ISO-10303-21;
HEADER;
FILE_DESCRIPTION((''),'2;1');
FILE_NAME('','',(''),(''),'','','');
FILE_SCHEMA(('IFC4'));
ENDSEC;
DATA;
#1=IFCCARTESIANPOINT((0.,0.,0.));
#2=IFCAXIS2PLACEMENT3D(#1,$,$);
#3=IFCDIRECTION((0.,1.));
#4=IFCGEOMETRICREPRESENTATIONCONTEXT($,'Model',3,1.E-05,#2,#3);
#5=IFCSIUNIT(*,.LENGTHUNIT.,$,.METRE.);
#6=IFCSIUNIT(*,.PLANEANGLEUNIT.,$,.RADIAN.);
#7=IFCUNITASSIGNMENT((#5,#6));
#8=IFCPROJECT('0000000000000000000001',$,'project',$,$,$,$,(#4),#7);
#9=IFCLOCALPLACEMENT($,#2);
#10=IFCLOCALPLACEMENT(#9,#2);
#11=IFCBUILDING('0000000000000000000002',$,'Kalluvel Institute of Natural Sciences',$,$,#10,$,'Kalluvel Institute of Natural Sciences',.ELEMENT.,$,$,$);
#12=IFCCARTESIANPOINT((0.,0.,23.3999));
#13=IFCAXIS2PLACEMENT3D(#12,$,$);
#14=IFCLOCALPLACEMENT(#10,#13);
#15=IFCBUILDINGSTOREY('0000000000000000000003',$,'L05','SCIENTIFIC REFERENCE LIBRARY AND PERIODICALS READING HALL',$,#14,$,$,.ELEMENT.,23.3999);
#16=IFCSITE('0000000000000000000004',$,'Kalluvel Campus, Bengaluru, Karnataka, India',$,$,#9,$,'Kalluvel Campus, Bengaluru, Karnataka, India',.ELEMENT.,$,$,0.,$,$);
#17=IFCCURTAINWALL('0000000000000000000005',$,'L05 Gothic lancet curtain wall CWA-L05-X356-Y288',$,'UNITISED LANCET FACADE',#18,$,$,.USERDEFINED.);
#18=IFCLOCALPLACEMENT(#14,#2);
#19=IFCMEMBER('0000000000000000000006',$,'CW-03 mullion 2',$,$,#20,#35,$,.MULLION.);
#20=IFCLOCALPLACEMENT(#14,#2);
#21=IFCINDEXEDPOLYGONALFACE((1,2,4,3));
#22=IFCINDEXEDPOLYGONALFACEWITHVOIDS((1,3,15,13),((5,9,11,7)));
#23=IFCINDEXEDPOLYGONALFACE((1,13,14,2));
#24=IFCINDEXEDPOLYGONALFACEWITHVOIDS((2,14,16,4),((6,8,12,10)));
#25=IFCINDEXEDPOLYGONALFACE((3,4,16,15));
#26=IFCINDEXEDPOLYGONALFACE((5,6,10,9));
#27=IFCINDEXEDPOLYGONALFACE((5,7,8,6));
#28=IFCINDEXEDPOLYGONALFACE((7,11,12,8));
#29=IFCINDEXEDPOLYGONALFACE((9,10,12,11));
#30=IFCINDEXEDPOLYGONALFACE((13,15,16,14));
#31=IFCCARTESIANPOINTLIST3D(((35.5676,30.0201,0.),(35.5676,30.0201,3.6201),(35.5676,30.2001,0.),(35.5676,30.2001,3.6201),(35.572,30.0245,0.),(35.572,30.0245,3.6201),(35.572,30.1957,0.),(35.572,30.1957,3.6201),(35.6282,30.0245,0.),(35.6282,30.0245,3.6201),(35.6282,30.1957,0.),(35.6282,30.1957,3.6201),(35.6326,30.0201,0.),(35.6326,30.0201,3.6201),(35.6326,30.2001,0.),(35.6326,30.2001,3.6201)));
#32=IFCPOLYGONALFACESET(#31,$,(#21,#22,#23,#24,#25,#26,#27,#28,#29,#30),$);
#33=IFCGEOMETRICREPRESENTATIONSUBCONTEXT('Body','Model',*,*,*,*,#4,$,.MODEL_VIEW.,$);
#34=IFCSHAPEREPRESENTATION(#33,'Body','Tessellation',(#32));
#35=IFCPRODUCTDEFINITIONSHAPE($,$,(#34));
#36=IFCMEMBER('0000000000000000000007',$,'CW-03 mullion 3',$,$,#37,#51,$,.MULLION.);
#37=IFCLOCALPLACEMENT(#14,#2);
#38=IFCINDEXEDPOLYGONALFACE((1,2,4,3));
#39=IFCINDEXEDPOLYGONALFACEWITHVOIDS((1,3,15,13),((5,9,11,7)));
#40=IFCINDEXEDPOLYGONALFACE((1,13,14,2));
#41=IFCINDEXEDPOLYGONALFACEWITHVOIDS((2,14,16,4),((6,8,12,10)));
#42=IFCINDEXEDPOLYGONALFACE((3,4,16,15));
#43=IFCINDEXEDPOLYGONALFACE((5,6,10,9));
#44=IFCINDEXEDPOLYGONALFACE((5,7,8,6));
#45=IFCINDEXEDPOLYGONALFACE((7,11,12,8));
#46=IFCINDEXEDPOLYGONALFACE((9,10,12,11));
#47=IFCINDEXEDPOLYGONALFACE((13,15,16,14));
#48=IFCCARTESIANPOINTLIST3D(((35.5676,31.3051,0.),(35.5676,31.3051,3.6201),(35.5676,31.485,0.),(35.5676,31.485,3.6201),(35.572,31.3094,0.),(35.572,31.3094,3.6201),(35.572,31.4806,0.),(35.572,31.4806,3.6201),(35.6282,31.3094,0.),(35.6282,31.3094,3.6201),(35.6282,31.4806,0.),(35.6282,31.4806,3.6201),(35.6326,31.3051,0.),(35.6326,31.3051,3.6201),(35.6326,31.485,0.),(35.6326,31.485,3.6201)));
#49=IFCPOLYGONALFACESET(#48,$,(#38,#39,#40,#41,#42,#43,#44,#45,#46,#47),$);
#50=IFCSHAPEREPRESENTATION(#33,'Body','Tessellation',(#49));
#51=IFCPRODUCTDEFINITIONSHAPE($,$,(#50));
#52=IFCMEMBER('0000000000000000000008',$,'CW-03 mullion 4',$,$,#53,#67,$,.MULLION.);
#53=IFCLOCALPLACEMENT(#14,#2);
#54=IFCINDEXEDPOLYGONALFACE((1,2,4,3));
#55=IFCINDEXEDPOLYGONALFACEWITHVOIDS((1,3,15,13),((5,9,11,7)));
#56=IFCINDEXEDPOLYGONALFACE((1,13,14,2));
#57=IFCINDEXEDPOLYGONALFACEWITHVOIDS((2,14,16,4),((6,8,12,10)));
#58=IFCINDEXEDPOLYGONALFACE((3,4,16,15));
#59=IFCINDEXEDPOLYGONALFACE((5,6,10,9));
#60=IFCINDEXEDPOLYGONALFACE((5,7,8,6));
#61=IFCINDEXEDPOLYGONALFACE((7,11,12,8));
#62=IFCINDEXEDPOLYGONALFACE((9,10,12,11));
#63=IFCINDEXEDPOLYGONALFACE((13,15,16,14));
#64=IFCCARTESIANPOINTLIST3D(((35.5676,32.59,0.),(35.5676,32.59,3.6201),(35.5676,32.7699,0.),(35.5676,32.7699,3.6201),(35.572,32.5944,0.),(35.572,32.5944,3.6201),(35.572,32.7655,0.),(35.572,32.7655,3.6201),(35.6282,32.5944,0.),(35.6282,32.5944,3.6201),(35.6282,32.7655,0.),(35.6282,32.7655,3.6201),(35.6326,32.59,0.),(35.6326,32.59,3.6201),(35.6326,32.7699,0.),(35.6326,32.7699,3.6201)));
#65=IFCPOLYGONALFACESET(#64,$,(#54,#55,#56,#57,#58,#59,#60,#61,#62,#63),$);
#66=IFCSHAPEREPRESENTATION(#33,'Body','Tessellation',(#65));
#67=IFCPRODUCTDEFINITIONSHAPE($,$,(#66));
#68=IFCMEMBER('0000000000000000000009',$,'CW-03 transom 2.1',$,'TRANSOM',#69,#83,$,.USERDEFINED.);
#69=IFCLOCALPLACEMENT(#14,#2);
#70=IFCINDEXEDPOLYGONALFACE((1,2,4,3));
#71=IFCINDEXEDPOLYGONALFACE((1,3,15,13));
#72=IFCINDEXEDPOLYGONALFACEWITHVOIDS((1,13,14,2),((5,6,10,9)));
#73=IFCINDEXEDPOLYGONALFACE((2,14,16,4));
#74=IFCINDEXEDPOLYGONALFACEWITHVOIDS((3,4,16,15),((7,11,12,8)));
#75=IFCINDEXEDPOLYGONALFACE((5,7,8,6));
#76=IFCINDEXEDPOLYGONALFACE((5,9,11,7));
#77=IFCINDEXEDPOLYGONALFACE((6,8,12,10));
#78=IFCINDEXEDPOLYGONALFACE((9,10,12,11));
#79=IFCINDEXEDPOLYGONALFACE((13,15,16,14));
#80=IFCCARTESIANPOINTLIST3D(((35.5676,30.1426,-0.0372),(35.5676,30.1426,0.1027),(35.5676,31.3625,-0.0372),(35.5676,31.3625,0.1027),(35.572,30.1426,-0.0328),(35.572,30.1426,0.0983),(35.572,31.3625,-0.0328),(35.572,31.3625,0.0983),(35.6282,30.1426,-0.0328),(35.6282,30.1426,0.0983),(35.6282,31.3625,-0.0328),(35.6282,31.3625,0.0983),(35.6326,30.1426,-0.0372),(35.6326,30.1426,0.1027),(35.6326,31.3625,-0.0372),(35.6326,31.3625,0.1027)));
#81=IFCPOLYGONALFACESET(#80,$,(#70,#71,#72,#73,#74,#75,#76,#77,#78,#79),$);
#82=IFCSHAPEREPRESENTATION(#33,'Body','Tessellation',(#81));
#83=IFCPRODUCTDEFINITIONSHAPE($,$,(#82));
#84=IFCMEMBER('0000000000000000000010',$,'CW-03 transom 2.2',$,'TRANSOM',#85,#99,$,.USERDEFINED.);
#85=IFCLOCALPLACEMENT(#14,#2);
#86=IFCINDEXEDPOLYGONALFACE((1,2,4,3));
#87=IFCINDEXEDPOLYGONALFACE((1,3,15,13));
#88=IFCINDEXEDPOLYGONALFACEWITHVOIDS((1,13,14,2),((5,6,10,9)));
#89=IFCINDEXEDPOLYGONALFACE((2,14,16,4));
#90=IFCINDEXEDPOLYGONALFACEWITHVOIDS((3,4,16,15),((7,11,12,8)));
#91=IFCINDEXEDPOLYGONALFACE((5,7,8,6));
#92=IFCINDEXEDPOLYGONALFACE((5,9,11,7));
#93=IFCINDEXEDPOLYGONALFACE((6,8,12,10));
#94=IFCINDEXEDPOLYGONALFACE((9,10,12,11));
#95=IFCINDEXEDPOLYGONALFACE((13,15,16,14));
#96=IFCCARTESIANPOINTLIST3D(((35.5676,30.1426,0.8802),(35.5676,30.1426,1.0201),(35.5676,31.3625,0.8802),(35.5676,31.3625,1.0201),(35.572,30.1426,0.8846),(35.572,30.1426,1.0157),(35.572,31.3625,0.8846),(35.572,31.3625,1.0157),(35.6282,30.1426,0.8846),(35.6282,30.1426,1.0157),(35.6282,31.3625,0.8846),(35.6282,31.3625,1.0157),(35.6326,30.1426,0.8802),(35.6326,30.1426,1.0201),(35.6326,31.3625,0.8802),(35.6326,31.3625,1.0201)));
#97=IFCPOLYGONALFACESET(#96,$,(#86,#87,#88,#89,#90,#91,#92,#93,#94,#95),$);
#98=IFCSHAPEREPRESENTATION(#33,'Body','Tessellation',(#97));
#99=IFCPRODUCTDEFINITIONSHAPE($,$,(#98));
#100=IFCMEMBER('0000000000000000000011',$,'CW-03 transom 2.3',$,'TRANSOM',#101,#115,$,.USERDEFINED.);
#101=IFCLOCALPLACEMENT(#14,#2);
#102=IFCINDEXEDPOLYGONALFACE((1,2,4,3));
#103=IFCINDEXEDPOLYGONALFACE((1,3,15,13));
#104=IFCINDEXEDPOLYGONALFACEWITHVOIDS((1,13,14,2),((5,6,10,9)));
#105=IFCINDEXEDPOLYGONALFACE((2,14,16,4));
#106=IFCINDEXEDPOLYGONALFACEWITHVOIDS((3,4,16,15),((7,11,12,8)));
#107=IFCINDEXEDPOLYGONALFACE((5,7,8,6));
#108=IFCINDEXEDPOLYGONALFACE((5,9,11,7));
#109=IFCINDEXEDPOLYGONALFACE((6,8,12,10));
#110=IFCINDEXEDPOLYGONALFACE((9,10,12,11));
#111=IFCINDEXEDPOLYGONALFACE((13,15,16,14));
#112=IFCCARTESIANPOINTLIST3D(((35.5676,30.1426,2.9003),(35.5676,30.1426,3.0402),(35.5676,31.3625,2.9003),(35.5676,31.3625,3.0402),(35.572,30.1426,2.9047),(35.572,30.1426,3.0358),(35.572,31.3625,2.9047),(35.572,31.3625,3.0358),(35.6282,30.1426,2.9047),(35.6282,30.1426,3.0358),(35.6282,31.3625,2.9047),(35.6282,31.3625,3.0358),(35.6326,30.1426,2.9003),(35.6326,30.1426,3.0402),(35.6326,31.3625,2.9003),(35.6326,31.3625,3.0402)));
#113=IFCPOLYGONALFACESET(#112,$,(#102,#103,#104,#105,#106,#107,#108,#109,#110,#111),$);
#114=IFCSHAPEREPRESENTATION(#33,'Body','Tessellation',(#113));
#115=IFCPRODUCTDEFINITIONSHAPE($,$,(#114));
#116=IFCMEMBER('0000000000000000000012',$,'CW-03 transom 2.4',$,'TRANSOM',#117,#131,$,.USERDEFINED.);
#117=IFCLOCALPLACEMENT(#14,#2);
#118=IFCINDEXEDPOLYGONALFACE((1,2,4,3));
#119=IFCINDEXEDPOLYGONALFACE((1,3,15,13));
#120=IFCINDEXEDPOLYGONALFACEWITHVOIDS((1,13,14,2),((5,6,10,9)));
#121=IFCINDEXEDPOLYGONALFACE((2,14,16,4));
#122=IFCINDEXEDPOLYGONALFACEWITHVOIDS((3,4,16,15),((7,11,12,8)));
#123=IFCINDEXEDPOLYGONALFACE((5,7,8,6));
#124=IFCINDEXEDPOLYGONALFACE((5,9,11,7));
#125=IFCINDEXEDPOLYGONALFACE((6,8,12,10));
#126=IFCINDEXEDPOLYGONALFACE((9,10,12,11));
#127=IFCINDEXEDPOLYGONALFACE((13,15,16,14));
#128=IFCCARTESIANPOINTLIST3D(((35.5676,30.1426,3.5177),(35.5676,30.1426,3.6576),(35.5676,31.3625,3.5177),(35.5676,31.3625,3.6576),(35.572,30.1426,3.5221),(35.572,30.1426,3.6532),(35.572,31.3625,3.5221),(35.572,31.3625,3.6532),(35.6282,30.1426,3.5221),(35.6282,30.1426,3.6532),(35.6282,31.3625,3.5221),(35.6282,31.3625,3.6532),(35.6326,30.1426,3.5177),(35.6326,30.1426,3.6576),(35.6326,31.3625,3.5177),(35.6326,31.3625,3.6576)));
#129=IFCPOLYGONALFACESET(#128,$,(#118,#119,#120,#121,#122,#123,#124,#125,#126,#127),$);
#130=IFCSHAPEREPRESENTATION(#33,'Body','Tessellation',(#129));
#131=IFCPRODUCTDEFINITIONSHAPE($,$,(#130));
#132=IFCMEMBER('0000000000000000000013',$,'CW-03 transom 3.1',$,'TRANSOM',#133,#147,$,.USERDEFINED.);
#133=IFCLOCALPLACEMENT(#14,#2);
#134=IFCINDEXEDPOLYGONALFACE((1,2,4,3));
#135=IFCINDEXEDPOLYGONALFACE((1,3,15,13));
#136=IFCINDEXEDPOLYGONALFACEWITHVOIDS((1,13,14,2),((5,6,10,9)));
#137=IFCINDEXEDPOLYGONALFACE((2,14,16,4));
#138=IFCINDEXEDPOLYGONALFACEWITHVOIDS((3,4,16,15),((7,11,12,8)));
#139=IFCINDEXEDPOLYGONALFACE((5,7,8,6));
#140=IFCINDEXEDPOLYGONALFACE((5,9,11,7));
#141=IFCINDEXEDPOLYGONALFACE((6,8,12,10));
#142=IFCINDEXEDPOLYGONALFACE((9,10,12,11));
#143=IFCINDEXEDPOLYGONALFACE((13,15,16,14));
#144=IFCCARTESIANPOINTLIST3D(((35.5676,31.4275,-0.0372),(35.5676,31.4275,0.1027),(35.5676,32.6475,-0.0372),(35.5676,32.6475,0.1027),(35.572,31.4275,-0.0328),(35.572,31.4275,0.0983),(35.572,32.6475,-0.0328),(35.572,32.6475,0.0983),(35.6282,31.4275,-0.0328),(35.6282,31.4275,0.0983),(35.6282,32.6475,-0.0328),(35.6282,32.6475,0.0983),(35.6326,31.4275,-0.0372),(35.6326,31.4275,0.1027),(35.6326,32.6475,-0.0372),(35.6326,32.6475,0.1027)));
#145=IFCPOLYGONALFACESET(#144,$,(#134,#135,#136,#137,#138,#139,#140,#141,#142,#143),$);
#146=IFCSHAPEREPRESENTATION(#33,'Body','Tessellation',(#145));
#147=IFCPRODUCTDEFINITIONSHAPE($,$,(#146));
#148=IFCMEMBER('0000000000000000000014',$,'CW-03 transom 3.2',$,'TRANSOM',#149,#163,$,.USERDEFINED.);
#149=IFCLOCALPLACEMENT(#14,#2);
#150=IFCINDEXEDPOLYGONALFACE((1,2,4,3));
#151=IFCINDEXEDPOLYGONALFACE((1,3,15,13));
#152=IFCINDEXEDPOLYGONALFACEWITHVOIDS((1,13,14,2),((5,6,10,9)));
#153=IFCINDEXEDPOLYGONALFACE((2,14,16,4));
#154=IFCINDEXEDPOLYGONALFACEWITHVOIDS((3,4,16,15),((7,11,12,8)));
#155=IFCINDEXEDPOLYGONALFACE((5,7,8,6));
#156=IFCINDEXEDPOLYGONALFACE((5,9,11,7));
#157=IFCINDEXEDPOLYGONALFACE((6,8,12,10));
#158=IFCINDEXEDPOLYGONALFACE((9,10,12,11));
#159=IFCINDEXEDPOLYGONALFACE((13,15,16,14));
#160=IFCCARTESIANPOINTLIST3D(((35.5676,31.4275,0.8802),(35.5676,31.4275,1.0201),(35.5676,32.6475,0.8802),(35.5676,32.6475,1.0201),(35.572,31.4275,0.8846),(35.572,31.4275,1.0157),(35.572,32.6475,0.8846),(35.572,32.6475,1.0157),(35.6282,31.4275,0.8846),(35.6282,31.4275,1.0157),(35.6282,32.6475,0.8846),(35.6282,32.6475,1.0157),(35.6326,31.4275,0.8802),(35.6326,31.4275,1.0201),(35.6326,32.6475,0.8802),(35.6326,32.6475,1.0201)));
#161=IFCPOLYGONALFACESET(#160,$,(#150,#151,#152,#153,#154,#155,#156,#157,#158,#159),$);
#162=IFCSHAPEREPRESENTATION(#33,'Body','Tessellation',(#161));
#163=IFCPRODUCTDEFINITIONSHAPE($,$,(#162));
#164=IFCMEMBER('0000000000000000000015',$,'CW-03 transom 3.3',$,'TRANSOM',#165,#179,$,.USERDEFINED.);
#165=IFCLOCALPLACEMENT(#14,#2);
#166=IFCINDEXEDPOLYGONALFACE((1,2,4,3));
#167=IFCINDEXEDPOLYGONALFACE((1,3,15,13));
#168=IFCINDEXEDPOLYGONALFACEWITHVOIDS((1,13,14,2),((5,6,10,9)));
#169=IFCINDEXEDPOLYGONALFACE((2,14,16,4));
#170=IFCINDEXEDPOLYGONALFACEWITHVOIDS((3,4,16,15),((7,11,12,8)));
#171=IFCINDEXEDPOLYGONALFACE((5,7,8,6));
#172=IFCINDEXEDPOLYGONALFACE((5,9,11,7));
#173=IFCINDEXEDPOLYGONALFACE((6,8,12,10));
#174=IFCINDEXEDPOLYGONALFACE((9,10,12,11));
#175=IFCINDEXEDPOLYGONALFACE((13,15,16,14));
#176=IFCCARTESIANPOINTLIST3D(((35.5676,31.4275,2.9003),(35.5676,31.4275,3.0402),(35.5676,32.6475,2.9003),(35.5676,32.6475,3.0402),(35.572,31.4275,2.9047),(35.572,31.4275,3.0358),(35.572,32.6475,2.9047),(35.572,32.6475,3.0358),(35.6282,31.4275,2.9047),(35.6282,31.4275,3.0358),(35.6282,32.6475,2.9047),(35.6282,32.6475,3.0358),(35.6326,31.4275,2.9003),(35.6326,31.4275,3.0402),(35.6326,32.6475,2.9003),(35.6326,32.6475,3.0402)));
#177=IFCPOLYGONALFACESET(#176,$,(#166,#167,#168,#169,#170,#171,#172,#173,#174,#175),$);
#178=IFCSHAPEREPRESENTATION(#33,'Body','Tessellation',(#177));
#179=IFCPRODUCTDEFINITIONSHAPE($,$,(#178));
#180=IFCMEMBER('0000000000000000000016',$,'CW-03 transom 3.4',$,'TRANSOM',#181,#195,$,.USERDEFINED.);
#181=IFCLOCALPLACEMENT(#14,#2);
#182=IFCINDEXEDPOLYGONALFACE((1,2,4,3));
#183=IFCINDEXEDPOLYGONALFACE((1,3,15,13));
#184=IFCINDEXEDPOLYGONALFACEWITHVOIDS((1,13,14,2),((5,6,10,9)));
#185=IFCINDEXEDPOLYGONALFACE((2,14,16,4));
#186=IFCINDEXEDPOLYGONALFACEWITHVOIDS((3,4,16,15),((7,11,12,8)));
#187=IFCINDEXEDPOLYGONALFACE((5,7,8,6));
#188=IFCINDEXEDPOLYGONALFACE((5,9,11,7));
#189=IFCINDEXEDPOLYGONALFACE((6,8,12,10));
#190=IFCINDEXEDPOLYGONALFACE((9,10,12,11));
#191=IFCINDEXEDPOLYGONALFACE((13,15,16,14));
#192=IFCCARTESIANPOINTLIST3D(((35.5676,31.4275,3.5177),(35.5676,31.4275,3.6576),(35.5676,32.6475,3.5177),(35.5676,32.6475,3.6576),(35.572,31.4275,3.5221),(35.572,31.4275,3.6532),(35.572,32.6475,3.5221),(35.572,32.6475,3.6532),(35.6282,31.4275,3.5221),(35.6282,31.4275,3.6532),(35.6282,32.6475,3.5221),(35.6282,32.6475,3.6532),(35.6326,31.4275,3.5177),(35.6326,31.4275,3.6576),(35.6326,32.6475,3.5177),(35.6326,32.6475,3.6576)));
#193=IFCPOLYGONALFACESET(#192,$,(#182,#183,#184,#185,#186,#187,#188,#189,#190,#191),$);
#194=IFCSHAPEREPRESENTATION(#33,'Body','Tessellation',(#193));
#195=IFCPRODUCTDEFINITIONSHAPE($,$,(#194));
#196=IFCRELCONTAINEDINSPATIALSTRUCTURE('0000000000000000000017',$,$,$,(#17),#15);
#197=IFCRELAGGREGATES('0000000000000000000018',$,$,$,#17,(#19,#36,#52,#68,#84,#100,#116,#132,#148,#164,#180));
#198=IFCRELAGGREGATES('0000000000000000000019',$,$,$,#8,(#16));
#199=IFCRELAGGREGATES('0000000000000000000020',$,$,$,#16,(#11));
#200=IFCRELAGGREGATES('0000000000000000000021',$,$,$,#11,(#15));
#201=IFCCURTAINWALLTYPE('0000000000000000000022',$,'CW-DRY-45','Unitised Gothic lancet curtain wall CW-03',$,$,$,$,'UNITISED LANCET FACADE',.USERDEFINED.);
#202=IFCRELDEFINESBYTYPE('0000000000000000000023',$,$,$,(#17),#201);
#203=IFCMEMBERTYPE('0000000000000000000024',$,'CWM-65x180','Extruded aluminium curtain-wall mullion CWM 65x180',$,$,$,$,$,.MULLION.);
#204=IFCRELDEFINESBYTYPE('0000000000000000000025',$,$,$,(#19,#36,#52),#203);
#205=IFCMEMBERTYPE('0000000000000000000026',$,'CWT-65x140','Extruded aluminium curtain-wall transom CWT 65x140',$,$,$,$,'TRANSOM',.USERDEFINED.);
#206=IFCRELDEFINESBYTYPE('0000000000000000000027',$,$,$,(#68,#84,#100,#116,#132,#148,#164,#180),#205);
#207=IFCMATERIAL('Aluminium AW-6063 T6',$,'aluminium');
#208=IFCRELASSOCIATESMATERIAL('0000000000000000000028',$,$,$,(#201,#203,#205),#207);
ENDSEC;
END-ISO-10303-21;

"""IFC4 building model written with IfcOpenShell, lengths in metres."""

from ifc_helpers import new_model, si_unit, direction, frame, origin, origin_2d, place, context, subcontext, project, spatial, hollow_rectangle, extrude, material, material_profile, profile_set, type_object, element, aggregate, save


model = new_model("IFC4")

# Units and contexts
model_context = context("Model", 3, precision=1e-05, world=origin(), true_north=direction((0.0, 1.0)))
body_context = subcontext(model_context, "Body", "Model", "MODEL_VIEW")
ifc_project = project(units=[si_unit("LENGTHUNIT", "METRE"), si_unit("PLANEANGLEUNIT", "RADIAN")], contexts=[model_context])

# Site, building, storey
site_placement = place(None, origin())
site = spatial("IfcSite", under=ifc_project, at=site_placement, Name="Kalluvel Campus, Bengaluru, Karnataka, India", LongName="Kalluvel Campus, Bengaluru, Karnataka, India", CompositionType="ELEMENT", RefElevation=0.0)
building_placement = place(site_placement, origin())
building = spatial("IfcBuilding", under=site, at=building_placement, Name="Kalluvel Institute of Natural Sciences", LongName="Kalluvel Institute of Natural Sciences", CompositionType="ELEMENT")
storey_placement = place(building_placement, frame((0.0, 0.0, 23.3999)))
storey = spatial("IfcBuildingStorey", under=building, at=storey_placement, Name="L05", Description="SCIENTIFIC REFERENCE LIBRARY AND PERIODICALS READING HALL", CompositionType="ELEMENT", Elevation=23.3999)

# Curtain wall, members
ifc_material_1 = material(Name="Aluminium AW-6063 T6", Category="aluminium")
curtain_wall_type = type_object("IfcCurtainWallType", Name="CW-DRY-45", Description="Unitised Gothic lancet curtain wall CW-03", ElementType="UNITISED LANCET FACADE", PredefinedType="USERDEFINED", material=ifc_material_1)
curtain_wall_placement = place(storey_placement, origin())
curtain_wall = element("IfcCurtainWall", 1, at=curtain_wall_placement, inside=storey, type_object=curtain_wall_type, Name="L05 Gothic lancet curtain wall CWA-L05-X356-Y288", ObjectType="UNITISED LANCET FACADE", PredefinedType="USERDEFINED")
ifc_material_profile_1 = material_profile(ifc_material_1, hollow_rectangle(XDim=0.0649, YDim=0.1799, WallThickness=0.0044, at=origin_2d()), Name="CWM 65x180")
ifc_profile_set_1 = profile_set([ifc_material_profile_1], Name="Aluminium AW-6063 T6")
member_type_1 = type_object("IfcMemberType", Name="CWM-65x180", Description="Extruded aluminium curtain-wall mullion CWM 65x180", PredefinedType="MULLION", material=ifc_profile_set_1)
member_1_placement = place(storey_placement, frame((35.6001, 30.1101, 0.0), z_axis=(0.0, 0.0, 1.0), x_axis=(-1.0, 0.0, 0.0)))
member_1 = element("IfcMember", 2, at=member_1_placement, type_object=member_type_1, Name="CW-03 mullion 2", PredefinedType="MULLION", context=body_context, shape_type="SweptSolid", body=[
    extrude(hollow_rectangle(XDim=0.0649, YDim=0.1799, WallThickness=0.0044, at=origin_2d()), origin(), (0.0, 0.0, 1.0), 3.6201),
])
member_2_placement = place(storey_placement, frame((35.6001, 31.395, 0.0), z_axis=(0.0, 0.0, 1.0), x_axis=(-1.0, 0.0, 0.0)))
member_2 = element("IfcMember", 3, at=member_2_placement, type_object=member_type_1, Name="CW-03 mullion 3", PredefinedType="MULLION", context=body_context, shape_type="SweptSolid", body=[
    extrude(hollow_rectangle(XDim=0.0649, YDim=0.1799, WallThickness=0.0044, at=origin_2d()), origin(), (0.0, 0.0, 1.0), 3.6201),
])
member_3_placement = place(storey_placement, frame((35.6001, 32.6799, 0.0), z_axis=(0.0, 0.0, 1.0), x_axis=(-1.0, 0.0, 0.0)))
member_3 = element("IfcMember", 4, at=member_3_placement, type_object=member_type_1, Name="CW-03 mullion 4", PredefinedType="MULLION", context=body_context, shape_type="SweptSolid", body=[
    extrude(hollow_rectangle(XDim=0.0649, YDim=0.1799, WallThickness=0.0044, at=origin_2d()), origin(), (0.0, 0.0, 1.0), 3.6201),
])
ifc_material_profile_2 = material_profile(ifc_material_1, hollow_rectangle(XDim=0.0649, YDim=0.1399, WallThickness=0.0044, at=origin_2d()), Name="CWT 65x140")
ifc_profile_set_2 = profile_set([ifc_material_profile_2], Name="Aluminium AW-6063 T6")
member_type_2 = type_object("IfcMemberType", Name="CWT-65x140", Description="Extruded aluminium curtain-wall transom CWT 65x140", ElementType="TRANSOM", PredefinedType="USERDEFINED", material=ifc_profile_set_2)
member_4_placement = place(storey_placement, frame((35.6001, 30.1426, 0.0327), z_axis=(0.0, 1.0, 0.0), x_axis=(-1.0, 0.0, 0.0)))
member_4 = element("IfcMember", 5, at=member_4_placement, type_object=member_type_2, Name="CW-03 transom 2.1", ObjectType="TRANSOM", PredefinedType="USERDEFINED", context=body_context, shape_type="SweptSolid", body=[
    extrude(hollow_rectangle(XDim=0.0649, YDim=0.1399, WallThickness=0.0044, at=origin_2d()), origin(), (0.0, 0.0, 1.0), 1.22),
])
member_5_placement = place(storey_placement, frame((35.6001, 30.1426, 0.9502), z_axis=(0.0, 1.0, 0.0), x_axis=(-1.0, 0.0, 0.0)))
member_5 = element("IfcMember", 6, at=member_5_placement, type_object=member_type_2, Name="CW-03 transom 2.2", ObjectType="TRANSOM", PredefinedType="USERDEFINED", context=body_context, shape_type="SweptSolid", body=[
    extrude(hollow_rectangle(XDim=0.0649, YDim=0.1399, WallThickness=0.0044, at=origin_2d()), origin(), (0.0, 0.0, 1.0), 1.22),
])
member_6_placement = place(storey_placement, frame((35.6001, 30.1426, 2.9702), z_axis=(0.0, 1.0, 0.0), x_axis=(-1.0, 0.0, 0.0)))
member_6 = element("IfcMember", 7, at=member_6_placement, type_object=member_type_2, Name="CW-03 transom 2.3", ObjectType="TRANSOM", PredefinedType="USERDEFINED", context=body_context, shape_type="SweptSolid", body=[
    extrude(hollow_rectangle(XDim=0.0649, YDim=0.1399, WallThickness=0.0044, at=origin_2d()), origin(), (0.0, 0.0, 1.0), 1.22),
])
member_7_placement = place(storey_placement, frame((35.6001, 30.1426, 3.5876), z_axis=(0.0, 1.0, 0.0), x_axis=(-1.0, 0.0, 0.0)))
member_7 = element("IfcMember", 8, at=member_7_placement, type_object=member_type_2, Name="CW-03 transom 2.4", ObjectType="TRANSOM", PredefinedType="USERDEFINED", context=body_context, shape_type="SweptSolid", body=[
    extrude(hollow_rectangle(XDim=0.0649, YDim=0.1399, WallThickness=0.0044, at=origin_2d()), origin(), (0.0, 0.0, 1.0), 1.22),
])
member_8_placement = place(storey_placement, frame((35.6001, 31.4275, 0.0327), z_axis=(0.0, 1.0, 0.0), x_axis=(-1.0, 0.0, 0.0)))
member_8 = element("IfcMember", 9, at=member_8_placement, type_object=member_type_2, Name="CW-03 transom 3.1", ObjectType="TRANSOM", PredefinedType="USERDEFINED", context=body_context, shape_type="SweptSolid", body=[
    extrude(hollow_rectangle(XDim=0.0649, YDim=0.1399, WallThickness=0.0044, at=origin_2d()), origin(), (0.0, 0.0, 1.0), 1.22),
])
member_9_placement = place(storey_placement, frame((35.6001, 31.4275, 0.9502), z_axis=(0.0, 1.0, 0.0), x_axis=(-1.0, 0.0, 0.0)))
member_9 = element("IfcMember", 10, at=member_9_placement, type_object=member_type_2, Name="CW-03 transom 3.2", ObjectType="TRANSOM", PredefinedType="USERDEFINED", context=body_context, shape_type="SweptSolid", body=[
    extrude(hollow_rectangle(XDim=0.0649, YDim=0.1399, WallThickness=0.0044, at=origin_2d()), origin(), (0.0, 0.0, 1.0), 1.22),
])
member_10_placement = place(storey_placement, frame((35.6001, 31.4275, 2.9702), z_axis=(0.0, 1.0, 0.0), x_axis=(-1.0, 0.0, 0.0)))
member_10 = element("IfcMember", 11, at=member_10_placement, type_object=member_type_2, Name="CW-03 transom 3.3", ObjectType="TRANSOM", PredefinedType="USERDEFINED", context=body_context, shape_type="SweptSolid", body=[
    extrude(hollow_rectangle(XDim=0.0649, YDim=0.1399, WallThickness=0.0044, at=origin_2d()), origin(), (0.0, 0.0, 1.0), 1.22),
])
member_11_placement = place(storey_placement, frame((35.6001, 31.4275, 3.5876), z_axis=(0.0, 1.0, 0.0), x_axis=(-1.0, 0.0, 0.0)))
member_11 = element("IfcMember", 12, at=member_11_placement, type_object=member_type_2, Name="CW-03 transom 3.4", ObjectType="TRANSOM", PredefinedType="USERDEFINED", context=body_context, shape_type="SweptSolid", body=[
    extrude(hollow_rectangle(XDim=0.0649, YDim=0.1399, WallThickness=0.0044, at=origin_2d()), origin(), (0.0, 0.0, 1.0), 1.22),
])

aggregate(curtain_wall, [member_1, member_2, member_3, member_4, member_5, member_6, member_7, member_8, member_9, member_10, member_11])

save(model, "model.ifc")
